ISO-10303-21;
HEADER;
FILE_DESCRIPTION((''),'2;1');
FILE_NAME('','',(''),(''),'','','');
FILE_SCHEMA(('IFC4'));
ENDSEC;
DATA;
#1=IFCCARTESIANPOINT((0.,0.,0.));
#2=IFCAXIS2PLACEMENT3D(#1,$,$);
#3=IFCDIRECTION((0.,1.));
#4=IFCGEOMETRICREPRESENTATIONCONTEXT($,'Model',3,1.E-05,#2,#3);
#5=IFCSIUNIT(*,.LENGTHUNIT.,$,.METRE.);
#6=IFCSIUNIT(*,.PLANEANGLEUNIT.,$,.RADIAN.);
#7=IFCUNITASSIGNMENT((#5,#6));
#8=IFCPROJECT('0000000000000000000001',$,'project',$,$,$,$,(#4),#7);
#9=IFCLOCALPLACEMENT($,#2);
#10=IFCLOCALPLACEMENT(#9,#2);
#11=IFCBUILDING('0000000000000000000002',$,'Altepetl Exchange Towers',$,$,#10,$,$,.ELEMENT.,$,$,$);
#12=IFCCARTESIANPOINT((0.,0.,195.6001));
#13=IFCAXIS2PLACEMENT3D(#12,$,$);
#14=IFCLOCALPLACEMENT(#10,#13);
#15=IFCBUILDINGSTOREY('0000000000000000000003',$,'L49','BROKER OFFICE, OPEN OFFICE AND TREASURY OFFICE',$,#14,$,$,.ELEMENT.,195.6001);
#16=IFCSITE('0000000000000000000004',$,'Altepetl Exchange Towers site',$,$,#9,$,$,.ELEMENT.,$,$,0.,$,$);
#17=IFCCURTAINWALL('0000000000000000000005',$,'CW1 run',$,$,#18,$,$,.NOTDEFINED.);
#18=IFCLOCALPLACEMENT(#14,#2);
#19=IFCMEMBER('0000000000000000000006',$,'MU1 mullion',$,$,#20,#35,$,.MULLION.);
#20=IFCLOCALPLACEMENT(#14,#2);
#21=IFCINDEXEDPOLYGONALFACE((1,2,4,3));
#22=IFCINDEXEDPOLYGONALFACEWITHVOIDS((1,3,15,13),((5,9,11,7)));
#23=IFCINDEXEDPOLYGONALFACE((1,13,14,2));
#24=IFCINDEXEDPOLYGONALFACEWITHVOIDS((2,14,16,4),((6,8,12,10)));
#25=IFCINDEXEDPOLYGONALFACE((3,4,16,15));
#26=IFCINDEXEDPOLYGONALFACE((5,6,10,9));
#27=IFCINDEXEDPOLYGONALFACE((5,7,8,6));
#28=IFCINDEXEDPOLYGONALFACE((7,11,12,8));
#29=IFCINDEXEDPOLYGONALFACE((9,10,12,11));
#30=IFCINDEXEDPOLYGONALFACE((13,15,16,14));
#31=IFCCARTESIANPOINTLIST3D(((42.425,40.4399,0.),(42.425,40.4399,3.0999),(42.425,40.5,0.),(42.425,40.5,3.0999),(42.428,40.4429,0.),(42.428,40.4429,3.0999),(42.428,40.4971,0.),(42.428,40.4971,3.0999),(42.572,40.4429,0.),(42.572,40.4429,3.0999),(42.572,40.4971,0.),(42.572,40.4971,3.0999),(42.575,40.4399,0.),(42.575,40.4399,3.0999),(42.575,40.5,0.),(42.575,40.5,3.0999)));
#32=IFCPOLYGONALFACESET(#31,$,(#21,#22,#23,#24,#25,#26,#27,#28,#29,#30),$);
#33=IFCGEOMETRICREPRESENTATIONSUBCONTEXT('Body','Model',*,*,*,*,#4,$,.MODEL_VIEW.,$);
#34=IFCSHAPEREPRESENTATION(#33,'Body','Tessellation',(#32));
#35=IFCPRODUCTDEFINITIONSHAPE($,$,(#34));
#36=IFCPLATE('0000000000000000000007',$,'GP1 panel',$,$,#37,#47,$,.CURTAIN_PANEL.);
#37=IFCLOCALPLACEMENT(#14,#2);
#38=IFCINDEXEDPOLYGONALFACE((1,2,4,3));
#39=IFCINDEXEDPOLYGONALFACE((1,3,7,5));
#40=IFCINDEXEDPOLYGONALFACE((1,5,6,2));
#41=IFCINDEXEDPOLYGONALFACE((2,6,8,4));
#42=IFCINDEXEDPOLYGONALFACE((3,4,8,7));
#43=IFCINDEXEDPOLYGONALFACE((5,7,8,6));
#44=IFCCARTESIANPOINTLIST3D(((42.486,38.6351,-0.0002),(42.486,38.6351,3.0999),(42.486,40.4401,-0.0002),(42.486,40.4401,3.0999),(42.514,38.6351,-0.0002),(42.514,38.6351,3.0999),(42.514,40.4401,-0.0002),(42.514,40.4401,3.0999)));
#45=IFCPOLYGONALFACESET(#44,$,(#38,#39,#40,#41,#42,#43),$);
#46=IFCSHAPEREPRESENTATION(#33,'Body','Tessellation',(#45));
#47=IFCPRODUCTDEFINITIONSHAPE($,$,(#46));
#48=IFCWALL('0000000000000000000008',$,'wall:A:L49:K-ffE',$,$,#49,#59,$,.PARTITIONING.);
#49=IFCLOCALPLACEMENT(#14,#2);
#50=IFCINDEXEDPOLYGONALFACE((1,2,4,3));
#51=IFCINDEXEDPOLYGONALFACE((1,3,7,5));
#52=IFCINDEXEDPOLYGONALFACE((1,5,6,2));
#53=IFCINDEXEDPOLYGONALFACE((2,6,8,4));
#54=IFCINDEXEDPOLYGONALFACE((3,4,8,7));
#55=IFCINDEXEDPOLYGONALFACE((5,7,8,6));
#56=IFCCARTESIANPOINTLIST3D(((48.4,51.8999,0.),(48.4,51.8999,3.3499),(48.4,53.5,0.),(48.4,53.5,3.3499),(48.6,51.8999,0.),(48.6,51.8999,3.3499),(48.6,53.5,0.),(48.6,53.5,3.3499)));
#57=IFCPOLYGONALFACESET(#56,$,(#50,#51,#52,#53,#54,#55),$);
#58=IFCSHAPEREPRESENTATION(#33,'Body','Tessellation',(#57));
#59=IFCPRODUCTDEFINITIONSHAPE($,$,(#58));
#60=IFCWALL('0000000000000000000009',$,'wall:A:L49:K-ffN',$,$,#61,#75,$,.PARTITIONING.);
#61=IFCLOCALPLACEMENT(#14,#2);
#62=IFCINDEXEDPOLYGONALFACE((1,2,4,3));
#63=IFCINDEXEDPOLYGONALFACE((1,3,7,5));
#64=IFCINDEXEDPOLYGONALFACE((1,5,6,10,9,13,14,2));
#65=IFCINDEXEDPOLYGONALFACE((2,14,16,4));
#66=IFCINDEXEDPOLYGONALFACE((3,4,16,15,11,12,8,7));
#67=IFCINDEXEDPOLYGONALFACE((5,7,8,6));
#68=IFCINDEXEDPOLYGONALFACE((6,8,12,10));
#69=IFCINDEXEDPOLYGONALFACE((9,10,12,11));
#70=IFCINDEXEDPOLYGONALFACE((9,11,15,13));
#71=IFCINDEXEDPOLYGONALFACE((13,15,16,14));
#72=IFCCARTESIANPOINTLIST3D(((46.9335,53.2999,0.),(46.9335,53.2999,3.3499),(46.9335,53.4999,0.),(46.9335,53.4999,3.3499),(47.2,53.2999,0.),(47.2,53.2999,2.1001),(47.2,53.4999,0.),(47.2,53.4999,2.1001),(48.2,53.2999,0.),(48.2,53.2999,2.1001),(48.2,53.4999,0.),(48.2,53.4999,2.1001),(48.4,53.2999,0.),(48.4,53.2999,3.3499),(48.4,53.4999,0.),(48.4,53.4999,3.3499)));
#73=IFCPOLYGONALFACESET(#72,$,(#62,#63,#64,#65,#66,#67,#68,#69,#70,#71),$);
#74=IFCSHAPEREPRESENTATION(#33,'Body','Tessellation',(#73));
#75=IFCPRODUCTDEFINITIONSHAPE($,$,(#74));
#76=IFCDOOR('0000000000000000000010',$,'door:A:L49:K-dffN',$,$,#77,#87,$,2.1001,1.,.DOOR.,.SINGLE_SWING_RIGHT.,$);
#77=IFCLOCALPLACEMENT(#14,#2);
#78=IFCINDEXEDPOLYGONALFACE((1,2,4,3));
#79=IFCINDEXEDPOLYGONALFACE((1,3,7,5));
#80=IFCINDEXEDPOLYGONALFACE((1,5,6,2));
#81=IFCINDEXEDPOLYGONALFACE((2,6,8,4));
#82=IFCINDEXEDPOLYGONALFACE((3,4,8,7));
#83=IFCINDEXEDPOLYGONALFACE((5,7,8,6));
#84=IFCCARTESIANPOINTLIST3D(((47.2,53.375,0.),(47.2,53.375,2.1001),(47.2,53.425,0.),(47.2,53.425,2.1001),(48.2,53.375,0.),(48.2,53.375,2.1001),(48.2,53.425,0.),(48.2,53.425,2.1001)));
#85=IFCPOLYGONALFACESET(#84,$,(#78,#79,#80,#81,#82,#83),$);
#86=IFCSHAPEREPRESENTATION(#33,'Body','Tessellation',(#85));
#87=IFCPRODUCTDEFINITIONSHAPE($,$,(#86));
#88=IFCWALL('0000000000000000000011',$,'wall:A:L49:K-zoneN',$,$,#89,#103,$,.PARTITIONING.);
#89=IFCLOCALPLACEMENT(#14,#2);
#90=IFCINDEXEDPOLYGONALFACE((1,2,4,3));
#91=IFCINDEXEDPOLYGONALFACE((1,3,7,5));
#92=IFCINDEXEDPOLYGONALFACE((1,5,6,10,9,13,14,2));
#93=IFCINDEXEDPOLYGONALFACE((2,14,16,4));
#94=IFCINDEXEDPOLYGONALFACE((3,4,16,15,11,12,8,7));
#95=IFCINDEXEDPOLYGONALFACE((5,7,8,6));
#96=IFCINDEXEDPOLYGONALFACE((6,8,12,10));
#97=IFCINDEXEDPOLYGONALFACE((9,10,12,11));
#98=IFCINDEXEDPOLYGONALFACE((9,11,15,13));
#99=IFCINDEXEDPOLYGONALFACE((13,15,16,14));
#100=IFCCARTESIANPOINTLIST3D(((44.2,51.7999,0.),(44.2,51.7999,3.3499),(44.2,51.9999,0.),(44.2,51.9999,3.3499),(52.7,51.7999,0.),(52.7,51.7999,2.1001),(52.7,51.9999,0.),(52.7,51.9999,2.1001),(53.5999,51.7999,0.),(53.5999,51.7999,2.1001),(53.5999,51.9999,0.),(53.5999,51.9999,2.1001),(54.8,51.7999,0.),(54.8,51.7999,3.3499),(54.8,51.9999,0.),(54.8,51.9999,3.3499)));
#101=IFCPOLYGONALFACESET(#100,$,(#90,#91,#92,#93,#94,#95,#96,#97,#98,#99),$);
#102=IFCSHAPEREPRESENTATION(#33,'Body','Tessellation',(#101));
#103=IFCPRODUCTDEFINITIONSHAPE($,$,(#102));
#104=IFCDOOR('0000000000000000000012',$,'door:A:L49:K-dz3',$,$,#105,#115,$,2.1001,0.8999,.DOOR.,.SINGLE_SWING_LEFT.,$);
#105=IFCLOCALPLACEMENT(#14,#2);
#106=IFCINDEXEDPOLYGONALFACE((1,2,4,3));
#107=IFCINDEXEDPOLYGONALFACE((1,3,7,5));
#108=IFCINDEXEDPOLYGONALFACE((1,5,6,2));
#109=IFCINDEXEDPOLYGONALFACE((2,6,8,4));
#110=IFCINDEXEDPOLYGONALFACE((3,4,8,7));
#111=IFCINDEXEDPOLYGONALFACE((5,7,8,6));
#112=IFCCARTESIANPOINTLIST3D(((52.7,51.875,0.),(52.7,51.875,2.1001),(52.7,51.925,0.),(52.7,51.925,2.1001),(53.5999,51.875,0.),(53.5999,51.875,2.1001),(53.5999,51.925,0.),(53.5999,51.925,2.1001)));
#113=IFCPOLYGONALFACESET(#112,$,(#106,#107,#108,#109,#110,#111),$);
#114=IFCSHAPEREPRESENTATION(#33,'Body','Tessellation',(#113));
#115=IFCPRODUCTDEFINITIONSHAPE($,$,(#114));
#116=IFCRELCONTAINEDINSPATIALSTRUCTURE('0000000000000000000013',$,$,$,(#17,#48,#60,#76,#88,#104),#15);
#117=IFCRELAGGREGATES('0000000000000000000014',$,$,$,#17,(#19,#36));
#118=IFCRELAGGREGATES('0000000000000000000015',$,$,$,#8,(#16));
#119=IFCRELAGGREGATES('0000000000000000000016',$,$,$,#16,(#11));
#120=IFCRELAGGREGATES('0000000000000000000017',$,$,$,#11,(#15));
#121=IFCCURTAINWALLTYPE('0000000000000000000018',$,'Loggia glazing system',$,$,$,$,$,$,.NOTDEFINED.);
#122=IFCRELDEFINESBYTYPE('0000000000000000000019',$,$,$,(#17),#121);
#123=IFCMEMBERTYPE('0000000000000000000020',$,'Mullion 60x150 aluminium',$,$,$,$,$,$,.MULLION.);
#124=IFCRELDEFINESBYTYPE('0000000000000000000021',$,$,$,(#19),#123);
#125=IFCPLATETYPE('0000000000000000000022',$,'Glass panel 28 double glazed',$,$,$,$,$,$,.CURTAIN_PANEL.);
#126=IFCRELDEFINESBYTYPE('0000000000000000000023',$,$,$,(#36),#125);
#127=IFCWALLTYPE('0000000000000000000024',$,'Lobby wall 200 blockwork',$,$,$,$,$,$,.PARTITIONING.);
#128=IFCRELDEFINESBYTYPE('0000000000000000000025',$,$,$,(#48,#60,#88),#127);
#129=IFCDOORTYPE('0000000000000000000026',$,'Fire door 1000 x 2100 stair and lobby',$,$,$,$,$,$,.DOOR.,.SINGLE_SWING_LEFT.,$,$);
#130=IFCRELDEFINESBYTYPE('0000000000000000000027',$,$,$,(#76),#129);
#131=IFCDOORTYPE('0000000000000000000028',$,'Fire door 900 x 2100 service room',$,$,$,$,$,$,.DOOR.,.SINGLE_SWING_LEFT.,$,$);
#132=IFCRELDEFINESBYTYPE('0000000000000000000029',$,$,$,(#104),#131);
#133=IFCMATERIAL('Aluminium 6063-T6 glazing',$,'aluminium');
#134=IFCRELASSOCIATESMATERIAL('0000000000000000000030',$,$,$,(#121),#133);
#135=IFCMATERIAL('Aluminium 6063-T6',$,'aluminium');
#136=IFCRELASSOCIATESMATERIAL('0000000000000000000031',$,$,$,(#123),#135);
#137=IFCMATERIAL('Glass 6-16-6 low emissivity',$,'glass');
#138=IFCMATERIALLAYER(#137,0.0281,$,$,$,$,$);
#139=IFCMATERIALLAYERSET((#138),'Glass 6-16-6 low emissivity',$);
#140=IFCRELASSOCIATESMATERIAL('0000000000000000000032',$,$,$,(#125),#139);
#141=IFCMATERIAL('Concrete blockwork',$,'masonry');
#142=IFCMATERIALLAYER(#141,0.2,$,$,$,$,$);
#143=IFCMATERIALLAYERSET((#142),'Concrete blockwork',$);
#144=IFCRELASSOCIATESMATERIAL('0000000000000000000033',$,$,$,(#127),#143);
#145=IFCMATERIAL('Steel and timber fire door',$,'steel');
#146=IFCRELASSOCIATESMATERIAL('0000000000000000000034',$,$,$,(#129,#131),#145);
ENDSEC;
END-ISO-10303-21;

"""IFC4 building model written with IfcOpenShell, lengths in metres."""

from ifc_helpers import new_model, si_unit, direction, frame, frame_2d, origin, origin_2d, place, context, subcontext, project, spatial, rectangle, hollow_rectangle, extrude, material, layer, layer_set, material_profile, profile_set, type_object, element, fill, aggregate, save


model = new_model("IFC4")

# Units and contexts
model_context = context("Model", 3, precision=1e-05, world=origin(), true_north=direction((0.0, 1.0)))
body_context = subcontext(model_context, "Body", "Model", "MODEL_VIEW")
ifc_project = project(units=[si_unit("LENGTHUNIT", "METRE"), si_unit("PLANEANGLEUNIT", "RADIAN")], contexts=[model_context])

# Site, building, storey
site_placement = place(None, origin())
site = spatial("IfcSite", under=ifc_project, at=site_placement, Name="Altepetl Exchange Towers site", CompositionType="ELEMENT", RefElevation=0.0)
building_placement = place(site_placement, origin())
building = spatial("IfcBuilding", under=site, at=building_placement, Name="Altepetl Exchange Towers", CompositionType="ELEMENT")
storey_placement = place(building_placement, frame((0.0, 0.0, 195.6001)))
storey = spatial("IfcBuildingStorey", under=building, at=storey_placement, Name="L49", Description="BROKER OFFICE, OPEN OFFICE AND TREASURY OFFICE", CompositionType="ELEMENT", Elevation=195.6001)

# Curtain wall, member, plate
ifc_material_1 = material(Name="Aluminium 6063-T6 glazing", Category="aluminium")
curtain_wall_type = type_object("IfcCurtainWallType", Name="Loggia glazing system", PredefinedType="NOTDEFINED", material=ifc_material_1)
curtain_wall_placement = place(storey_placement, origin())
curtain_wall = element("IfcCurtainWall", 1, at=curtain_wall_placement, inside=storey, type_object=curtain_wall_type, Name="CW1 run", PredefinedType="NOTDEFINED")
ifc_material_2 = material(Name="Aluminium 6063-T6", Category="aluminium")
ifc_material_profile = material_profile(ifc_material_2, hollow_rectangle(XDim=0.0601, YDim=0.1499, WallThickness=0.0029, at=origin_2d()), Name="Mullion 60x150 aluminium")
ifc_profile_set = profile_set([ifc_material_profile], Name="Aluminium 6063-T6")
member_type = type_object("IfcMemberType", Name="Mullion 60x150 aluminium", PredefinedType="MULLION", material=ifc_profile_set)
member_placement = place(storey_placement, frame((42.5, 40.47, 0.0), z_axis=(0.0, 0.0, 1.0), x_axis=(0.0, -1.0, 0.0)))
member = element("IfcMember", 2, at=member_placement, type_object=member_type, Name="MU1 mullion", PredefinedType="MULLION", context=body_context, shape_type="SweptSolid", body=[
    extrude(hollow_rectangle(XDim=0.0601, YDim=0.1499, WallThickness=0.0029, at=origin_2d()), origin(), (0.0, 0.0, 1.0), 3.0999),
])
ifc_material_3 = material(Name="Glass 6-16-6 low emissivity", Category="glass")
ifc_layer_1 = layer(ifc_material_3, 0.0281)
ifc_layer_set_1 = layer_set([ifc_layer_1], Name="Glass 6-16-6 low emissivity")
plate_type = type_object("IfcPlateType", Name="Glass panel 28 double glazed", PredefinedType="CURTAIN_PANEL", material=ifc_layer_set_1)
plate_placement = place(storey_placement, frame((42.5, 39.5376, -0.0002), z_axis=(0.0, 0.0, 1.0), x_axis=(0.0, -1.0, 0.0)))
plate = element("IfcPlate", 3, at=plate_placement, type_object=plate_type, Name="GP1 panel", PredefinedType="CURTAIN_PANEL", context=body_context, shape_type="SweptSolid", body=[
    extrude(rectangle(XDim=1.8049, YDim=0.0281, at=origin_2d()), origin(), (0.0, 0.0, 1.0), 3.1001),
])
aggregate(curtain_wall, [member, plate])

# Wall
ifc_material_4 = material(Name="Concrete blockwork", Category="masonry")
ifc_layer_2 = layer(ifc_material_4, 0.2)
ifc_layer_set_2 = layer_set([ifc_layer_2], Name="Concrete blockwork")
wall_type_1 = type_object("IfcWallType", Name="Lobby wall 200 blockwork", PredefinedType="PARTITIONING", material=ifc_layer_set_2)
wall_1_placement = place(storey_placement, frame((48.5, 51.8999, 0.0), z_axis=(0.0, 0.0, 1.0), x_axis=(0.0, 1.0, 0.0)))
element("IfcWall", 4, at=wall_1_placement, inside=storey, type_object=wall_type_1, Name="wall:A:L49:K-ffE", PredefinedType="PARTITIONING", context=body_context, shape_type="SweptSolid", body=[
    extrude(rectangle(XDim=1.6001, YDim=0.2, at=frame_2d((0.8, 0.0))), origin(), (0.0, 0.0, 1.0), 3.3499),
])

# Walls, openings, doors
wall_2_placement = place(storey_placement, frame((46.9333, 53.3999, 0.0)))
wall_2 = element("IfcWall", 5, at=wall_2_placement, inside=storey, type_object=wall_type_1, Name="wall:A:L49:K-ffN", PredefinedType="PARTITIONING", context=body_context, shape_type="SweptSolid", body=[
    extrude(rectangle(XDim=1.4666, YDim=0.2, at=frame_2d((0.7334, 0.0))), origin(), (0.0, 0.0, 1.0), 3.3499),
])
opening_1_placement = place(wall_2_placement, frame((0.2666, 0.0, 0.0)))
opening_1 = element("IfcOpeningElement", 6, at=opening_1_placement, cuts=wall_2, PredefinedType="OPENING", context=body_context, shape_type="SweptSolid", body=[
    extrude(rectangle(XDim=1.0, YDim=2.1001, at=frame_2d((0.5, 1.05))), frame((0.0, 0.1099, 0.0), z_axis=(0.0, -1.0, 0.0), x_axis=(1.0, 0.0, 0.0)), (0.0, 0.0, 1.0), 0.22),
])
ifc_material_5 = material(Name="Steel and timber fire door", Category="steel")
door_type_1 = type_object("IfcDoorType", Name="Fire door 1000 x 2100 stair and lobby", OperationType="SINGLE_SWING_LEFT", PredefinedType="DOOR", material=ifc_material_5)
door_1_placement = place(opening_1_placement, frame((1.0, 0.0, 0.0), x_axis=(-1.0, 0.0, 0.0)))
door_1 = element("IfcDoor", 7, at=door_1_placement, inside=storey, type_object=door_type_1, Name="door:A:L49:K-dffN", OperationType="SINGLE_SWING_RIGHT", OverallHeight=2.1001, OverallWidth=1.0, PredefinedType="DOOR", context=body_context, shape_type="SweptSolid", body=[
    extrude(rectangle(XDim=1.0, YDim=2.1001, at=frame_2d((0.5, 1.05))), frame((0.0, 0.0249, 0.0), z_axis=(0.0, -1.0, 0.0), x_axis=(1.0, 0.0, 0.0)), (0.0, 0.0, 1.0), 0.05),
])
fill(opening_1, door_1)
wall_3_placement = place(storey_placement, frame((44.2, 51.8999, 0.0)))
wall_3 = element("IfcWall", 8, at=wall_3_placement, inside=storey, type_object=wall_type_1, Name="wall:A:L49:K-zoneN", PredefinedType="PARTITIONING", context=body_context, shape_type="SweptSolid", body=[
    extrude(rectangle(XDim=10.6001, YDim=0.2, at=frame_2d((5.3, 0.0))), origin(), (0.0, 0.0, 1.0), 3.3499),
])
opening_2_placement = place(wall_3_placement, frame((8.5, 0.0, 0.0)))
opening_2 = element("IfcOpeningElement", 9, at=opening_2_placement, cuts=wall_3, PredefinedType="OPENING", context=body_context, shape_type="SweptSolid", body=[
    extrude(rectangle(XDim=0.8999, YDim=2.1001, at=frame_2d((0.45, 1.05))), frame((0.0, 0.1099, 0.0), z_axis=(0.0, -1.0, 0.0), x_axis=(1.0, 0.0, 0.0)), (0.0, 0.0, 1.0), 0.22),
])
door_type_2 = type_object("IfcDoorType", Name="Fire door 900 x 2100 service room", OperationType="SINGLE_SWING_LEFT", PredefinedType="DOOR", material=ifc_material_5)
door_2_placement = place(opening_2_placement, frame((0.8999, 0.0, 0.0), x_axis=(-1.0, 0.0, 0.0)))
door_2 = element("IfcDoor", 10, at=door_2_placement, inside=storey, type_object=door_type_2, Name="door:A:L49:K-dz3", OperationType="SINGLE_SWING_LEFT", OverallHeight=2.1001, OverallWidth=0.8999, PredefinedType="DOOR", context=body_context, shape_type="SweptSolid", body=[
    extrude(rectangle(XDim=0.8999, YDim=2.1001, at=frame_2d((0.45, 1.05))), frame((0.0, 0.0249, 0.0), z_axis=(0.0, -1.0, 0.0), x_axis=(1.0, 0.0, 0.0)), (0.0, 0.0, 1.0), 0.05),
])
fill(opening_2, door_2)

save(model, "model.ifc")
